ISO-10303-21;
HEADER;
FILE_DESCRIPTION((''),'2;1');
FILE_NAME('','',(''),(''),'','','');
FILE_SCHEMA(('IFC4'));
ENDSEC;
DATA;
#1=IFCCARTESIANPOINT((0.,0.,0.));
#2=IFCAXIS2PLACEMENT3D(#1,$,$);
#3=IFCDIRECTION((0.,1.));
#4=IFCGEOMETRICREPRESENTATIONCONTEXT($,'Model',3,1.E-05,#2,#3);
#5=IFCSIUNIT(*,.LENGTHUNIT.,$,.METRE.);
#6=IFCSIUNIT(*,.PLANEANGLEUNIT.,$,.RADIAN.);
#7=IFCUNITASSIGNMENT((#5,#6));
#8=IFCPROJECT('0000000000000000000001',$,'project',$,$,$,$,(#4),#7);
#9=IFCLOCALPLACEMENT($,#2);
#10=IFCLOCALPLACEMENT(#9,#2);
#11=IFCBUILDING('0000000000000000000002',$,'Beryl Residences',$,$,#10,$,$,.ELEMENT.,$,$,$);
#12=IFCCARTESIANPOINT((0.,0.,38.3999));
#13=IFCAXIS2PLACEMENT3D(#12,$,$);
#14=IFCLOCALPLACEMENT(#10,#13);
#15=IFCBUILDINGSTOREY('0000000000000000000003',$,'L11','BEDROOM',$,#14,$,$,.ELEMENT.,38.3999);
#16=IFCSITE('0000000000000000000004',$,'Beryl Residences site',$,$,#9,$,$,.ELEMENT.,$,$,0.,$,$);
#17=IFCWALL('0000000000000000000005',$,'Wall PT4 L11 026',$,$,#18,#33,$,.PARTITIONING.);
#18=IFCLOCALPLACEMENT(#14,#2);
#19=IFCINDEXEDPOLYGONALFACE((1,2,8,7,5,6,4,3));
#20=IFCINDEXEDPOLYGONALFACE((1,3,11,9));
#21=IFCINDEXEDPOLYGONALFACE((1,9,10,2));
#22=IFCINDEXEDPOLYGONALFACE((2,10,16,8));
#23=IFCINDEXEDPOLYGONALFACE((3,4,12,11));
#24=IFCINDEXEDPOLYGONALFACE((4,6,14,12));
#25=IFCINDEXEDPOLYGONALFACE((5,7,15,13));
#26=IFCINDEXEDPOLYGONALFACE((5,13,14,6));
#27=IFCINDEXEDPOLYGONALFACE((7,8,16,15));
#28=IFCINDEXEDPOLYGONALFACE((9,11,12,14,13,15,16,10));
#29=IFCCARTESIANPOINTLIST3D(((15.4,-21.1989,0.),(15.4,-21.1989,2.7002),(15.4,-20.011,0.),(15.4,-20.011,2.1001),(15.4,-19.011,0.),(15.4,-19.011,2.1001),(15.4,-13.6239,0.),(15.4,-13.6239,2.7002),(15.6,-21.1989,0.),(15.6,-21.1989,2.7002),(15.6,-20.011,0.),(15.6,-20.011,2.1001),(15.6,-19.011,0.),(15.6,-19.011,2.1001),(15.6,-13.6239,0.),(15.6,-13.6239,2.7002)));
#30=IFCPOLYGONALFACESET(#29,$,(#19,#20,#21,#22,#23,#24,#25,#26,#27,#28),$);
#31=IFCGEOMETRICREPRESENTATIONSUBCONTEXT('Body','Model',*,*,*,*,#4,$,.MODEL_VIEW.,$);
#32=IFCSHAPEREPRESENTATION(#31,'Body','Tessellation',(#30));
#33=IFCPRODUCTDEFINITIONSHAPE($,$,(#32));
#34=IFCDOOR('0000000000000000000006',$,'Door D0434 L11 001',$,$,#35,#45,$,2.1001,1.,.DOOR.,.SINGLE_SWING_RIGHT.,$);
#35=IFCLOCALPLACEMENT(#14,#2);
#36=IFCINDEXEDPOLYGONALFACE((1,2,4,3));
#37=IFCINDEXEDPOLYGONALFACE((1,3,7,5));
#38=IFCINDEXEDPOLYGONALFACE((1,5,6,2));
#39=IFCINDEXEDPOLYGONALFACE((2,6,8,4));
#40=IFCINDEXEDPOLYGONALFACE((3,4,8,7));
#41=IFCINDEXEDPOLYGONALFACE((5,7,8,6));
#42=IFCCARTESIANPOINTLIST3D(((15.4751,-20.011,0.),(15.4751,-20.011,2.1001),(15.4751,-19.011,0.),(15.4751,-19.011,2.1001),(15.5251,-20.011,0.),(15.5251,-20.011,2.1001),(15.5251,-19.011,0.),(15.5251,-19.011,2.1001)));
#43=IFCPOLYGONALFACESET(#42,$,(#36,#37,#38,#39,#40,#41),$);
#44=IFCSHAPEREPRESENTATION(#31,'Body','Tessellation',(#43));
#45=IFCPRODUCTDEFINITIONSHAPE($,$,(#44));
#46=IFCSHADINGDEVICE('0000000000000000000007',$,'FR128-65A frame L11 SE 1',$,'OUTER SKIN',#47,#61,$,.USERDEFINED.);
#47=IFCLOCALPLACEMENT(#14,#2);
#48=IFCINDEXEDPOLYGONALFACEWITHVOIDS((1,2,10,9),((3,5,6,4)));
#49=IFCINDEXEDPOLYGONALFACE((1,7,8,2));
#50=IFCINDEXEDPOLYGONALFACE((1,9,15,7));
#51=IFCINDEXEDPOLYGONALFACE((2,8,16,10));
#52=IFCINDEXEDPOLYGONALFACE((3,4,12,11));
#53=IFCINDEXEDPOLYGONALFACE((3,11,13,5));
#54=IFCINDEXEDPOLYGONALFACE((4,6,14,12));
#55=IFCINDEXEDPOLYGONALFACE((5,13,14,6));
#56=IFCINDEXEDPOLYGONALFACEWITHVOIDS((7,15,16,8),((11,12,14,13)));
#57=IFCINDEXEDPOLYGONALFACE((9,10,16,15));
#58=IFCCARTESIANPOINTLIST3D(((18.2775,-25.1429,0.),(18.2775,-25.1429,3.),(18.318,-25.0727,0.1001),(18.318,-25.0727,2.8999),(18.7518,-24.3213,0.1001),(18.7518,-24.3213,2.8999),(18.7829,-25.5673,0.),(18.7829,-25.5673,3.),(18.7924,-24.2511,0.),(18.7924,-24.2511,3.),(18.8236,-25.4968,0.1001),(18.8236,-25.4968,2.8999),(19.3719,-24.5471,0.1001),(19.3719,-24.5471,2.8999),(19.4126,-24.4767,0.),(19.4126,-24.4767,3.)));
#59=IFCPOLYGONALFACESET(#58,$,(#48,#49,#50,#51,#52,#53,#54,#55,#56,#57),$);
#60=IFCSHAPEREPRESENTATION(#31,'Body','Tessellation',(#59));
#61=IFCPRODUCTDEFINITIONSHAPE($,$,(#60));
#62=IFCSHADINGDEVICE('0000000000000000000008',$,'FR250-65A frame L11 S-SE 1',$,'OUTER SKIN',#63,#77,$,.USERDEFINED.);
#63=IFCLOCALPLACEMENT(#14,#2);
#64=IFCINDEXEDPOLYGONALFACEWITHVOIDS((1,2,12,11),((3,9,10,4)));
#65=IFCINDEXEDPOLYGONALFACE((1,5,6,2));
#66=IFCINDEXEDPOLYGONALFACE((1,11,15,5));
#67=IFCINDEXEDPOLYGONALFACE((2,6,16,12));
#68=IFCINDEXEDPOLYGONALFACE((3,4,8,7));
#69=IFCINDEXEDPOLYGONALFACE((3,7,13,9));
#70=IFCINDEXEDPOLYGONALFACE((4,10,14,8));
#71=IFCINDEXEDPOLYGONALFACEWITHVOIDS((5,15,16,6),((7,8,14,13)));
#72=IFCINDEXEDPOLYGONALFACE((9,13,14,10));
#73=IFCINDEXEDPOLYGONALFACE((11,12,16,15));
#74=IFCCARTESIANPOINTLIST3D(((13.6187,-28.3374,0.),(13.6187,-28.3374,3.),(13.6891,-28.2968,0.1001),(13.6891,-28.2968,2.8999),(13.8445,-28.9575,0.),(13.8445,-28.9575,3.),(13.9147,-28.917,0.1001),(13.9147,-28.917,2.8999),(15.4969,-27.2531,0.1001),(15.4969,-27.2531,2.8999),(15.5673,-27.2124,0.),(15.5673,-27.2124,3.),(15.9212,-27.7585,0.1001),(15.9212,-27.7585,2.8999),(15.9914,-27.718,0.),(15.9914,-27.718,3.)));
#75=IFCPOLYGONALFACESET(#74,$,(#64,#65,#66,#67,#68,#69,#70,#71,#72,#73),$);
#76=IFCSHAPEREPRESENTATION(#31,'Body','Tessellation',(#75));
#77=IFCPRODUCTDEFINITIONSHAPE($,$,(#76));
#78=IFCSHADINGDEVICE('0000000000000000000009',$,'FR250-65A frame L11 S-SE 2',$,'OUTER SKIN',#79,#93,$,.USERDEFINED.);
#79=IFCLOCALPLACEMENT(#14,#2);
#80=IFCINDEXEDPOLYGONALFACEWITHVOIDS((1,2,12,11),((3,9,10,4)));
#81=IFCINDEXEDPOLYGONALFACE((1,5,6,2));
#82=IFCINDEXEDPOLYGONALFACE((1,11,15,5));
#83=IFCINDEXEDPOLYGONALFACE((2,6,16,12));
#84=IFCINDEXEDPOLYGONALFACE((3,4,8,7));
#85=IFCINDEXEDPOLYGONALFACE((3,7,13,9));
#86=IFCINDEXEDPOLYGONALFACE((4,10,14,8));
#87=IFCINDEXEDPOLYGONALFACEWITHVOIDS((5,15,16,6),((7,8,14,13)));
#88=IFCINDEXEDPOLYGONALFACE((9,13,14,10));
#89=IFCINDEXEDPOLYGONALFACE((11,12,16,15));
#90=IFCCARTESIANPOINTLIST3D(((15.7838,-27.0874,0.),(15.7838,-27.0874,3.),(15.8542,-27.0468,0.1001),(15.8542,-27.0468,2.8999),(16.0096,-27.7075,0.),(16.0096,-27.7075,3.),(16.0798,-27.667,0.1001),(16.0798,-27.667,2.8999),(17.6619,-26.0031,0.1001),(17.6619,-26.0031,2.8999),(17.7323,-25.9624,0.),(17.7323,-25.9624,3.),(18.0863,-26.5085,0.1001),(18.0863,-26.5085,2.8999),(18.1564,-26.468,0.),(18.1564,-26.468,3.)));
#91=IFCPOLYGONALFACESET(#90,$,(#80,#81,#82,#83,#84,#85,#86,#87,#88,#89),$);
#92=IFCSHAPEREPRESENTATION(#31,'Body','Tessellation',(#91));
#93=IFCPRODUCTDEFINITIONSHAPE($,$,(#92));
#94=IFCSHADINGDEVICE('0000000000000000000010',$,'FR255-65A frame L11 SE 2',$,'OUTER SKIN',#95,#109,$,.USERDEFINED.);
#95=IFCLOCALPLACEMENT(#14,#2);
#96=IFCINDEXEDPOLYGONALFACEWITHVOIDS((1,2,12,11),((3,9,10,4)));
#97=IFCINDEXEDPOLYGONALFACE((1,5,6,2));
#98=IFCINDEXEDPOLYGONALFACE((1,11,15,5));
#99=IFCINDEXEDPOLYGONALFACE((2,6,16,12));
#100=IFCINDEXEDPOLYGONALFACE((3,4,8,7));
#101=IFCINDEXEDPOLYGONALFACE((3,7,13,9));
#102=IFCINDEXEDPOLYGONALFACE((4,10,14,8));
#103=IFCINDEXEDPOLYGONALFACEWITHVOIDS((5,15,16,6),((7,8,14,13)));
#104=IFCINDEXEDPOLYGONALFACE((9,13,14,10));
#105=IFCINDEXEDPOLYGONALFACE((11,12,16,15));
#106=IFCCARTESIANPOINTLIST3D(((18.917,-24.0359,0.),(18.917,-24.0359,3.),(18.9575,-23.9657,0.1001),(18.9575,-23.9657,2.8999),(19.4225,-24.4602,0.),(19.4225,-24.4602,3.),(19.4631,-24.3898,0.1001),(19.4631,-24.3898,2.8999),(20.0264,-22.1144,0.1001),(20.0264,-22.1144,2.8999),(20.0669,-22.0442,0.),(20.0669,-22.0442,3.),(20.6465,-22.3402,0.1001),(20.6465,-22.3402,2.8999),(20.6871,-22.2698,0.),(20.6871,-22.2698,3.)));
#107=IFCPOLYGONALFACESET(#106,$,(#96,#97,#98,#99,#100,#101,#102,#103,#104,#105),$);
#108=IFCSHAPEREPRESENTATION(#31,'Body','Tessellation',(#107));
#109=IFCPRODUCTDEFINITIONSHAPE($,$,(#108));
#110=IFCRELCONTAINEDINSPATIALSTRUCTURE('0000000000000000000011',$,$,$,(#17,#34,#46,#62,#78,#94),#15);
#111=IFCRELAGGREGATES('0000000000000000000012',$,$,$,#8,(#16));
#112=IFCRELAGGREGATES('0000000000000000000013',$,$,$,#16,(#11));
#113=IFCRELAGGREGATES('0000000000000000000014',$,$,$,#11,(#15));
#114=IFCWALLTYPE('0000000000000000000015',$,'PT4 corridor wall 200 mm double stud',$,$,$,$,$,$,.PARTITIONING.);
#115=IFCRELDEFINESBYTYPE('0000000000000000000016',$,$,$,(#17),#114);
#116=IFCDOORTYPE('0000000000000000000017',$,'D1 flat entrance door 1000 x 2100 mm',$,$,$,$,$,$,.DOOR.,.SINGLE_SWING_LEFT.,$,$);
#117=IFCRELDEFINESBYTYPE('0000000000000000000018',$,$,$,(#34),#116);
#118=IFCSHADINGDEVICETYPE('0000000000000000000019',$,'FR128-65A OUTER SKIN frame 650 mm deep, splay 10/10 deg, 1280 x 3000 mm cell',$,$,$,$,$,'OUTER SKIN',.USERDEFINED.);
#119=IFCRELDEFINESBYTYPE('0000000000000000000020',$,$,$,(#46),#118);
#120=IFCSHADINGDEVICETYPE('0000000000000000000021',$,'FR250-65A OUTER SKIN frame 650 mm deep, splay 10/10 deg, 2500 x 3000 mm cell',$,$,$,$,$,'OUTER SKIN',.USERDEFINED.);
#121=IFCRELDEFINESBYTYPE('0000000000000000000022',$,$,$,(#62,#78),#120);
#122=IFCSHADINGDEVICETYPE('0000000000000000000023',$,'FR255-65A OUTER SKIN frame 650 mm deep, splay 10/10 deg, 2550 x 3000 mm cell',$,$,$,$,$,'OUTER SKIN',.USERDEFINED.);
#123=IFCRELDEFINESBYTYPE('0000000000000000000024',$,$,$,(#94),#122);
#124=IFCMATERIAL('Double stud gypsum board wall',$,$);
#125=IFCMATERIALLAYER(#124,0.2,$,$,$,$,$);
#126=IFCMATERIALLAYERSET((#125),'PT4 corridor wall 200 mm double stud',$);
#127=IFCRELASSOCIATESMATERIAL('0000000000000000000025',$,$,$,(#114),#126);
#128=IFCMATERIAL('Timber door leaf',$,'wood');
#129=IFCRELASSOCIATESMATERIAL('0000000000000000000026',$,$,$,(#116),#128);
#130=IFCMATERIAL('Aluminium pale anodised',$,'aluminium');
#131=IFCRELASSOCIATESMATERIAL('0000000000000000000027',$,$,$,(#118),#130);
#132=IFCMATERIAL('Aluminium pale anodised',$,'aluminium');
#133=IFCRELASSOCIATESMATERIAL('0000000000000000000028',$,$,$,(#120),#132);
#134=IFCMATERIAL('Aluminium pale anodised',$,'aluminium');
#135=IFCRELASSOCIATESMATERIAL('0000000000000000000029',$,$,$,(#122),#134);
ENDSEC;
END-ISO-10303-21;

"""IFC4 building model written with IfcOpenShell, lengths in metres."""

from ifc_helpers import new_model, entity, si_unit, direction, frame, frame_2d, origin, place, context, subcontext, project, spatial, rectangle, extrude, source, transform, mapped, material, layer, layer_set, type_object, type_shapes, element, fill, save


model = new_model("IFC4")

# Units and contexts
model_context = context("Model", 3, precision=1e-05, world=origin(), true_north=direction((0.0, 1.0)))
body_context = subcontext(model_context, "Body", "Model", "MODEL_VIEW")
ifc_project = project(units=[si_unit("LENGTHUNIT", "METRE"), si_unit("PLANEANGLEUNIT", "RADIAN")], contexts=[model_context])

# Site, building, storey
site_placement = place(None, origin())
site = spatial("IfcSite", under=ifc_project, at=site_placement, Name="Beryl Residences site", CompositionType="ELEMENT", RefElevation=0.0)
building_placement = place(site_placement, origin())
building = spatial("IfcBuilding", under=site, at=building_placement, Name="Beryl Residences", CompositionType="ELEMENT")
storey_placement = place(building_placement, frame((0.0, 0.0, 38.3999)))
storey = spatial("IfcBuildingStorey", under=building, at=storey_placement, Name="L11", Description="BEDROOM", CompositionType="ELEMENT", Elevation=38.3999)

# Wall, opening, door
ifc_material_1 = material(Name="Double stud gypsum board wall")
ifc_layer_1 = layer(ifc_material_1, 0.2)
ifc_layer_set_1 = layer_set([ifc_layer_1], Name="PT4 corridor wall 200 mm double stud")
wall_type_1 = type_object("IfcWallType", Name="PT4 corridor wall 200 mm double stud", PredefinedType="PARTITIONING", material=ifc_layer_set_1)
wall_1_placement = place(storey_placement, frame((15.5, -21.199, 0.0), z_axis=(0.0, 0.0, 1.0), x_axis=(0.0, 1.0, 0.0)))
wall_1 = element("IfcWall", 1, at=wall_1_placement, inside=storey, type_object=wall_type_1, Name="Wall PT4 L11 026", PredefinedType="PARTITIONING", context=body_context, shape_type="SweptSolid", body=[
    extrude(rectangle(XDim=7.575, YDim=0.2, at=frame_2d((3.7876, 0.0))), origin(), (0.0, 0.0, 1.0), 2.7002),
])
opening_1_placement = place(wall_1_placement, frame((1.188, 0.0, 0.0)))
opening_1 = element("IfcOpeningElement", 2, at=opening_1_placement, cuts=wall_1, PredefinedType="OPENING", context=body_context, shape_type="SweptSolid", body=[
    extrude(rectangle(XDim=1.0, YDim=2.1001, at=frame_2d((0.5, 1.05))), frame((0.0, 0.1099, 0.0), z_axis=(0.0, -1.0, 0.0), x_axis=(1.0, 0.0, 0.0)), (0.0, 0.0, 1.0), 0.22),
])
ifc_material_2 = material(Name="Timber door leaf", Category="wood")
door_type_1 = type_object("IfcDoorType", Name="D1 flat entrance door 1000 x 2100 mm", OperationType="SINGLE_SWING_LEFT", PredefinedType="DOOR", material=ifc_material_2)
door_1_placement = place(opening_1_placement, origin())
door_1 = element("IfcDoor", 3, at=door_1_placement, inside=storey, type_object=door_type_1, Name="Door D0434 L11 001", OperationType="SINGLE_SWING_RIGHT", OverallHeight=2.1001, OverallWidth=1.0, PredefinedType="DOOR", context=body_context, shape_type="SweptSolid", body=[
    extrude(rectangle(XDim=1.0, YDim=2.1001, at=frame_2d((0.5, 1.05))), frame((0.0, 0.0249, 0.0), z_axis=(0.0, -1.0, 0.0), x_axis=(1.0, 0.0, 0.0)), (0.0, 0.0, 1.0), 0.05),
])
fill(opening_1, door_1)

# Shading devices
ifc_material_3 = material(Name="Aluminium pale anodised", Category="aluminium")
shading_device_type_1 = type_object("IfcShadingDeviceType", Name="FR128-65A OUTER SKIN frame 650 mm deep, splay 10/10 deg, 1280 x 3000 mm cell", ElementType="OUTER SKIN", PredefinedType="USERDEFINED", material=ifc_material_3)
cartesian_point_1 = entity("IfcCartesianPoint", [-0.5149, 0.0])
cartesian_point_2 = entity("IfcCartesianPoint", [-0.4338, 0.1001])
cartesian_point_3 = entity("IfcCartesianPoint", [-0.6296, 0.0])
cartesian_point_4 = entity("IfcCartesianPoint", [-0.5483, 0.1001])
shared_shape_1 = source(origin(), body_context, "Body", "SweptSolid", [
    entity("IfcExtrudedAreaSolidTapered", entity("IfcArbitraryProfileDefWithVoids", "AREA", None, entity("IfcPolyline", [cartesian_point_1, entity("IfcCartesianPoint", [0.5149, 0.0]), entity("IfcCartesianPoint", [0.5149, 3.0]), entity("IfcCartesianPoint", [-0.5149, 3.0]), cartesian_point_1]), [entity("IfcPolyline", [cartesian_point_2, entity("IfcCartesianPoint", [0.4338, 0.1001]), entity("IfcCartesianPoint", [0.4338, 2.8999]), entity("IfcCartesianPoint", [-0.4338, 2.8999]), cartesian_point_2])]), entity("IfcAxis2Placement3D", entity("IfcCartesianPoint", [0.0, 0.0, 0.0]), entity("IfcDirection", [0.0, 1.0, 0.0]), entity("IfcDirection", [-1.0, 0.0, 0.0])), entity("IfcDirection", [0.0, 0.0, 1.0]), 0.6499, entity("IfcArbitraryProfileDefWithVoids", "AREA", None, entity("IfcPolyline", [cartesian_point_3, entity("IfcCartesianPoint", [0.6296, 0.0]), entity("IfcCartesianPoint", [0.6296, 3.0]), entity("IfcCartesianPoint", [-0.6296, 3.0]), cartesian_point_3]), [entity("IfcPolyline", [cartesian_point_4, entity("IfcCartesianPoint", [0.5483, 0.1001]), entity("IfcCartesianPoint", [0.5483, 2.8999]), entity("IfcCartesianPoint", [-0.5483, 2.8999]), cartesian_point_4])])),
])
type_shapes(shading_device_type_1, [shared_shape_1])
shading_device_1_placement = place(storey_placement, frame((18.5349, -24.697, 0.0), z_axis=(0.0, 0.0, 1.0), x_axis=(-0.5, -0.866025, 0.0)))
element("IfcShadingDevice", 4, at=shading_device_1_placement, inside=storey, type_object=shading_device_type_1, Name="FR128-65A frame L11 SE 1", ObjectType="OUTER SKIN", PredefinedType="USERDEFINED", context=body_context, shape_type="MappedRepresentation", body=[
    mapped(shared_shape_1, transform((0.0, 0.0, 0.0))),
])
ifc_material_4 = material(Name="Aluminium pale anodised", Category="aluminium")
shading_device_type_2 = type_object("IfcShadingDeviceType", Name="FR250-65A OUTER SKIN frame 650 mm deep, splay 10/10 deg, 2500 x 3000 mm cell", ElementType="OUTER SKIN", PredefinedType="USERDEFINED", material=ifc_material_4)
cartesian_point_5 = entity("IfcCartesianPoint", [-1.125, 0.0])
cartesian_point_6 = entity("IfcCartesianPoint", [-1.0437, 0.1001])
cartesian_point_7 = entity("IfcCartesianPoint", [-1.2395, 0.0])
cartesian_point_8 = entity("IfcCartesianPoint", [-1.1584, 0.1001])
shared_shape_2 = source(origin(), body_context, "Body", "SweptSolid", [
    entity("IfcExtrudedAreaSolidTapered", entity("IfcArbitraryProfileDefWithVoids", "AREA", None, entity("IfcPolyline", [cartesian_point_5, entity("IfcCartesianPoint", [1.125, 0.0]), entity("IfcCartesianPoint", [1.125, 3.0]), entity("IfcCartesianPoint", [-1.125, 3.0]), cartesian_point_5]), [entity("IfcPolyline", [cartesian_point_6, entity("IfcCartesianPoint", [1.0437, 0.1001]), entity("IfcCartesianPoint", [1.0437, 2.8999]), entity("IfcCartesianPoint", [-1.0437, 2.8999]), cartesian_point_6])]), entity("IfcAxis2Placement3D", entity("IfcCartesianPoint", [0.0, 0.0, 0.0]), entity("IfcDirection", [0.0, 1.0, 0.0]), entity("IfcDirection", [-1.0, 0.0, 0.0])), entity("IfcDirection", [0.0, 0.0, 1.0]), 0.6499, entity("IfcArbitraryProfileDefWithVoids", "AREA", None, entity("IfcPolyline", [cartesian_point_7, entity("IfcCartesianPoint", [1.2395, 0.0]), entity("IfcCartesianPoint", [1.2395, 3.0]), entity("IfcCartesianPoint", [-1.2395, 3.0]), cartesian_point_7]), [entity("IfcPolyline", [cartesian_point_8, entity("IfcCartesianPoint", [1.1584, 0.1001]), entity("IfcCartesianPoint", [1.1584, 2.8999]), entity("IfcCartesianPoint", [-1.1584, 2.8999]), cartesian_point_8])])),
])
type_shapes(shading_device_type_2, [shared_shape_2])
for number, where, z_axis, x_axis, name in (
    (5, (14.593, -27.7749, 0.0), (0.0, 0.0, 1.0), (-0.866025, -0.5, 0.0), "FR250-65A frame L11 S-SE 1"),
    (6, (16.7581, -26.5249, 0.0), (0.0, 0.0, 1.0), (-0.866025, -0.5, 0.0), "FR250-65A frame L11 S-SE 2"),
):
    element("IfcShadingDevice", number, at=place(storey_placement, frame(where, z_axis=z_axis, x_axis=x_axis)), inside=storey, type_object=shading_device_type_2, Name=name, ObjectType="OUTER SKIN", PredefinedType="USERDEFINED", context=body_context, shape_type="MappedRepresentation", body=[
        mapped(shared_shape_2, transform((0.0, 0.0, 0.0))),
    ])
ifc_material_5 = material(Name="Aluminium pale anodised", Category="aluminium")
shading_device_type_3 = type_object("IfcShadingDeviceType", Name="FR255-65A OUTER SKIN frame 650 mm deep, splay 10/10 deg, 2550 x 3000 mm cell", ElementType="OUTER SKIN", PredefinedType="USERDEFINED", material=ifc_material_5)
cartesian_point_9 = entity("IfcCartesianPoint", [-1.1499, 0.0])
cartesian_point_10 = entity("IfcCartesianPoint", [-1.0688, 0.1001])
cartesian_point_11 = entity("IfcCartesianPoint", [-1.2646, 0.0])
cartesian_point_12 = entity("IfcCartesianPoint", [-1.1833, 0.1001])
shared_shape_3 = source(origin(), body_context, "Body", "SweptSolid", [
    entity("IfcExtrudedAreaSolidTapered", entity("IfcArbitraryProfileDefWithVoids", "AREA", None, entity("IfcPolyline", [cartesian_point_9, entity("IfcCartesianPoint", [1.1499, 0.0]), entity("IfcCartesianPoint", [1.1499, 3.0]), entity("IfcCartesianPoint", [-1.1499, 3.0]), cartesian_point_9]), [entity("IfcPolyline", [cartesian_point_10, entity("IfcCartesianPoint", [1.0688, 0.1001]), entity("IfcCartesianPoint", [1.0688, 2.8999]), entity("IfcCartesianPoint", [-1.0688, 2.8999]), cartesian_point_10])]), entity("IfcAxis2Placement3D", entity("IfcCartesianPoint", [0.0, 0.0, 0.0]), entity("IfcDirection", [0.0, 1.0, 0.0]), entity("IfcDirection", [-1.0, 0.0, 0.0])), entity("IfcDirection", [0.0, 0.0, 1.0]), 0.6499, entity("IfcArbitraryProfileDefWithVoids", "AREA", None, entity("IfcPolyline", [cartesian_point_11, entity("IfcCartesianPoint", [1.2646, 0.0]), entity("IfcCartesianPoint", [1.2646, 3.0]), entity("IfcCartesianPoint", [-1.2646, 3.0]), cartesian_point_11]), [entity("IfcPolyline", [cartesian_point_12, entity("IfcCartesianPoint", [1.1833, 0.1001]), entity("IfcCartesianPoint", [1.1833, 2.8999]), entity("IfcCartesianPoint", [-1.1833, 2.8999]), cartesian_point_12])])),
])
type_shapes(shading_device_type_3, [shared_shape_3])
shading_device_2_placement = place(storey_placement, frame((19.4919, -23.04, 0.0), z_axis=(0.0, 0.0, 1.0), x_axis=(-0.5, -0.866025, 0.0)))
element("IfcShadingDevice", 7, at=shading_device_2_placement, inside=storey, type_object=shading_device_type_3, Name="FR255-65A frame L11 SE 2", ObjectType="OUTER SKIN", PredefinedType="USERDEFINED", context=body_context, shape_type="MappedRepresentation", body=[
    mapped(shared_shape_3, transform((0.0, 0.0, 0.0))),
])

save(model, "model.ifc")
